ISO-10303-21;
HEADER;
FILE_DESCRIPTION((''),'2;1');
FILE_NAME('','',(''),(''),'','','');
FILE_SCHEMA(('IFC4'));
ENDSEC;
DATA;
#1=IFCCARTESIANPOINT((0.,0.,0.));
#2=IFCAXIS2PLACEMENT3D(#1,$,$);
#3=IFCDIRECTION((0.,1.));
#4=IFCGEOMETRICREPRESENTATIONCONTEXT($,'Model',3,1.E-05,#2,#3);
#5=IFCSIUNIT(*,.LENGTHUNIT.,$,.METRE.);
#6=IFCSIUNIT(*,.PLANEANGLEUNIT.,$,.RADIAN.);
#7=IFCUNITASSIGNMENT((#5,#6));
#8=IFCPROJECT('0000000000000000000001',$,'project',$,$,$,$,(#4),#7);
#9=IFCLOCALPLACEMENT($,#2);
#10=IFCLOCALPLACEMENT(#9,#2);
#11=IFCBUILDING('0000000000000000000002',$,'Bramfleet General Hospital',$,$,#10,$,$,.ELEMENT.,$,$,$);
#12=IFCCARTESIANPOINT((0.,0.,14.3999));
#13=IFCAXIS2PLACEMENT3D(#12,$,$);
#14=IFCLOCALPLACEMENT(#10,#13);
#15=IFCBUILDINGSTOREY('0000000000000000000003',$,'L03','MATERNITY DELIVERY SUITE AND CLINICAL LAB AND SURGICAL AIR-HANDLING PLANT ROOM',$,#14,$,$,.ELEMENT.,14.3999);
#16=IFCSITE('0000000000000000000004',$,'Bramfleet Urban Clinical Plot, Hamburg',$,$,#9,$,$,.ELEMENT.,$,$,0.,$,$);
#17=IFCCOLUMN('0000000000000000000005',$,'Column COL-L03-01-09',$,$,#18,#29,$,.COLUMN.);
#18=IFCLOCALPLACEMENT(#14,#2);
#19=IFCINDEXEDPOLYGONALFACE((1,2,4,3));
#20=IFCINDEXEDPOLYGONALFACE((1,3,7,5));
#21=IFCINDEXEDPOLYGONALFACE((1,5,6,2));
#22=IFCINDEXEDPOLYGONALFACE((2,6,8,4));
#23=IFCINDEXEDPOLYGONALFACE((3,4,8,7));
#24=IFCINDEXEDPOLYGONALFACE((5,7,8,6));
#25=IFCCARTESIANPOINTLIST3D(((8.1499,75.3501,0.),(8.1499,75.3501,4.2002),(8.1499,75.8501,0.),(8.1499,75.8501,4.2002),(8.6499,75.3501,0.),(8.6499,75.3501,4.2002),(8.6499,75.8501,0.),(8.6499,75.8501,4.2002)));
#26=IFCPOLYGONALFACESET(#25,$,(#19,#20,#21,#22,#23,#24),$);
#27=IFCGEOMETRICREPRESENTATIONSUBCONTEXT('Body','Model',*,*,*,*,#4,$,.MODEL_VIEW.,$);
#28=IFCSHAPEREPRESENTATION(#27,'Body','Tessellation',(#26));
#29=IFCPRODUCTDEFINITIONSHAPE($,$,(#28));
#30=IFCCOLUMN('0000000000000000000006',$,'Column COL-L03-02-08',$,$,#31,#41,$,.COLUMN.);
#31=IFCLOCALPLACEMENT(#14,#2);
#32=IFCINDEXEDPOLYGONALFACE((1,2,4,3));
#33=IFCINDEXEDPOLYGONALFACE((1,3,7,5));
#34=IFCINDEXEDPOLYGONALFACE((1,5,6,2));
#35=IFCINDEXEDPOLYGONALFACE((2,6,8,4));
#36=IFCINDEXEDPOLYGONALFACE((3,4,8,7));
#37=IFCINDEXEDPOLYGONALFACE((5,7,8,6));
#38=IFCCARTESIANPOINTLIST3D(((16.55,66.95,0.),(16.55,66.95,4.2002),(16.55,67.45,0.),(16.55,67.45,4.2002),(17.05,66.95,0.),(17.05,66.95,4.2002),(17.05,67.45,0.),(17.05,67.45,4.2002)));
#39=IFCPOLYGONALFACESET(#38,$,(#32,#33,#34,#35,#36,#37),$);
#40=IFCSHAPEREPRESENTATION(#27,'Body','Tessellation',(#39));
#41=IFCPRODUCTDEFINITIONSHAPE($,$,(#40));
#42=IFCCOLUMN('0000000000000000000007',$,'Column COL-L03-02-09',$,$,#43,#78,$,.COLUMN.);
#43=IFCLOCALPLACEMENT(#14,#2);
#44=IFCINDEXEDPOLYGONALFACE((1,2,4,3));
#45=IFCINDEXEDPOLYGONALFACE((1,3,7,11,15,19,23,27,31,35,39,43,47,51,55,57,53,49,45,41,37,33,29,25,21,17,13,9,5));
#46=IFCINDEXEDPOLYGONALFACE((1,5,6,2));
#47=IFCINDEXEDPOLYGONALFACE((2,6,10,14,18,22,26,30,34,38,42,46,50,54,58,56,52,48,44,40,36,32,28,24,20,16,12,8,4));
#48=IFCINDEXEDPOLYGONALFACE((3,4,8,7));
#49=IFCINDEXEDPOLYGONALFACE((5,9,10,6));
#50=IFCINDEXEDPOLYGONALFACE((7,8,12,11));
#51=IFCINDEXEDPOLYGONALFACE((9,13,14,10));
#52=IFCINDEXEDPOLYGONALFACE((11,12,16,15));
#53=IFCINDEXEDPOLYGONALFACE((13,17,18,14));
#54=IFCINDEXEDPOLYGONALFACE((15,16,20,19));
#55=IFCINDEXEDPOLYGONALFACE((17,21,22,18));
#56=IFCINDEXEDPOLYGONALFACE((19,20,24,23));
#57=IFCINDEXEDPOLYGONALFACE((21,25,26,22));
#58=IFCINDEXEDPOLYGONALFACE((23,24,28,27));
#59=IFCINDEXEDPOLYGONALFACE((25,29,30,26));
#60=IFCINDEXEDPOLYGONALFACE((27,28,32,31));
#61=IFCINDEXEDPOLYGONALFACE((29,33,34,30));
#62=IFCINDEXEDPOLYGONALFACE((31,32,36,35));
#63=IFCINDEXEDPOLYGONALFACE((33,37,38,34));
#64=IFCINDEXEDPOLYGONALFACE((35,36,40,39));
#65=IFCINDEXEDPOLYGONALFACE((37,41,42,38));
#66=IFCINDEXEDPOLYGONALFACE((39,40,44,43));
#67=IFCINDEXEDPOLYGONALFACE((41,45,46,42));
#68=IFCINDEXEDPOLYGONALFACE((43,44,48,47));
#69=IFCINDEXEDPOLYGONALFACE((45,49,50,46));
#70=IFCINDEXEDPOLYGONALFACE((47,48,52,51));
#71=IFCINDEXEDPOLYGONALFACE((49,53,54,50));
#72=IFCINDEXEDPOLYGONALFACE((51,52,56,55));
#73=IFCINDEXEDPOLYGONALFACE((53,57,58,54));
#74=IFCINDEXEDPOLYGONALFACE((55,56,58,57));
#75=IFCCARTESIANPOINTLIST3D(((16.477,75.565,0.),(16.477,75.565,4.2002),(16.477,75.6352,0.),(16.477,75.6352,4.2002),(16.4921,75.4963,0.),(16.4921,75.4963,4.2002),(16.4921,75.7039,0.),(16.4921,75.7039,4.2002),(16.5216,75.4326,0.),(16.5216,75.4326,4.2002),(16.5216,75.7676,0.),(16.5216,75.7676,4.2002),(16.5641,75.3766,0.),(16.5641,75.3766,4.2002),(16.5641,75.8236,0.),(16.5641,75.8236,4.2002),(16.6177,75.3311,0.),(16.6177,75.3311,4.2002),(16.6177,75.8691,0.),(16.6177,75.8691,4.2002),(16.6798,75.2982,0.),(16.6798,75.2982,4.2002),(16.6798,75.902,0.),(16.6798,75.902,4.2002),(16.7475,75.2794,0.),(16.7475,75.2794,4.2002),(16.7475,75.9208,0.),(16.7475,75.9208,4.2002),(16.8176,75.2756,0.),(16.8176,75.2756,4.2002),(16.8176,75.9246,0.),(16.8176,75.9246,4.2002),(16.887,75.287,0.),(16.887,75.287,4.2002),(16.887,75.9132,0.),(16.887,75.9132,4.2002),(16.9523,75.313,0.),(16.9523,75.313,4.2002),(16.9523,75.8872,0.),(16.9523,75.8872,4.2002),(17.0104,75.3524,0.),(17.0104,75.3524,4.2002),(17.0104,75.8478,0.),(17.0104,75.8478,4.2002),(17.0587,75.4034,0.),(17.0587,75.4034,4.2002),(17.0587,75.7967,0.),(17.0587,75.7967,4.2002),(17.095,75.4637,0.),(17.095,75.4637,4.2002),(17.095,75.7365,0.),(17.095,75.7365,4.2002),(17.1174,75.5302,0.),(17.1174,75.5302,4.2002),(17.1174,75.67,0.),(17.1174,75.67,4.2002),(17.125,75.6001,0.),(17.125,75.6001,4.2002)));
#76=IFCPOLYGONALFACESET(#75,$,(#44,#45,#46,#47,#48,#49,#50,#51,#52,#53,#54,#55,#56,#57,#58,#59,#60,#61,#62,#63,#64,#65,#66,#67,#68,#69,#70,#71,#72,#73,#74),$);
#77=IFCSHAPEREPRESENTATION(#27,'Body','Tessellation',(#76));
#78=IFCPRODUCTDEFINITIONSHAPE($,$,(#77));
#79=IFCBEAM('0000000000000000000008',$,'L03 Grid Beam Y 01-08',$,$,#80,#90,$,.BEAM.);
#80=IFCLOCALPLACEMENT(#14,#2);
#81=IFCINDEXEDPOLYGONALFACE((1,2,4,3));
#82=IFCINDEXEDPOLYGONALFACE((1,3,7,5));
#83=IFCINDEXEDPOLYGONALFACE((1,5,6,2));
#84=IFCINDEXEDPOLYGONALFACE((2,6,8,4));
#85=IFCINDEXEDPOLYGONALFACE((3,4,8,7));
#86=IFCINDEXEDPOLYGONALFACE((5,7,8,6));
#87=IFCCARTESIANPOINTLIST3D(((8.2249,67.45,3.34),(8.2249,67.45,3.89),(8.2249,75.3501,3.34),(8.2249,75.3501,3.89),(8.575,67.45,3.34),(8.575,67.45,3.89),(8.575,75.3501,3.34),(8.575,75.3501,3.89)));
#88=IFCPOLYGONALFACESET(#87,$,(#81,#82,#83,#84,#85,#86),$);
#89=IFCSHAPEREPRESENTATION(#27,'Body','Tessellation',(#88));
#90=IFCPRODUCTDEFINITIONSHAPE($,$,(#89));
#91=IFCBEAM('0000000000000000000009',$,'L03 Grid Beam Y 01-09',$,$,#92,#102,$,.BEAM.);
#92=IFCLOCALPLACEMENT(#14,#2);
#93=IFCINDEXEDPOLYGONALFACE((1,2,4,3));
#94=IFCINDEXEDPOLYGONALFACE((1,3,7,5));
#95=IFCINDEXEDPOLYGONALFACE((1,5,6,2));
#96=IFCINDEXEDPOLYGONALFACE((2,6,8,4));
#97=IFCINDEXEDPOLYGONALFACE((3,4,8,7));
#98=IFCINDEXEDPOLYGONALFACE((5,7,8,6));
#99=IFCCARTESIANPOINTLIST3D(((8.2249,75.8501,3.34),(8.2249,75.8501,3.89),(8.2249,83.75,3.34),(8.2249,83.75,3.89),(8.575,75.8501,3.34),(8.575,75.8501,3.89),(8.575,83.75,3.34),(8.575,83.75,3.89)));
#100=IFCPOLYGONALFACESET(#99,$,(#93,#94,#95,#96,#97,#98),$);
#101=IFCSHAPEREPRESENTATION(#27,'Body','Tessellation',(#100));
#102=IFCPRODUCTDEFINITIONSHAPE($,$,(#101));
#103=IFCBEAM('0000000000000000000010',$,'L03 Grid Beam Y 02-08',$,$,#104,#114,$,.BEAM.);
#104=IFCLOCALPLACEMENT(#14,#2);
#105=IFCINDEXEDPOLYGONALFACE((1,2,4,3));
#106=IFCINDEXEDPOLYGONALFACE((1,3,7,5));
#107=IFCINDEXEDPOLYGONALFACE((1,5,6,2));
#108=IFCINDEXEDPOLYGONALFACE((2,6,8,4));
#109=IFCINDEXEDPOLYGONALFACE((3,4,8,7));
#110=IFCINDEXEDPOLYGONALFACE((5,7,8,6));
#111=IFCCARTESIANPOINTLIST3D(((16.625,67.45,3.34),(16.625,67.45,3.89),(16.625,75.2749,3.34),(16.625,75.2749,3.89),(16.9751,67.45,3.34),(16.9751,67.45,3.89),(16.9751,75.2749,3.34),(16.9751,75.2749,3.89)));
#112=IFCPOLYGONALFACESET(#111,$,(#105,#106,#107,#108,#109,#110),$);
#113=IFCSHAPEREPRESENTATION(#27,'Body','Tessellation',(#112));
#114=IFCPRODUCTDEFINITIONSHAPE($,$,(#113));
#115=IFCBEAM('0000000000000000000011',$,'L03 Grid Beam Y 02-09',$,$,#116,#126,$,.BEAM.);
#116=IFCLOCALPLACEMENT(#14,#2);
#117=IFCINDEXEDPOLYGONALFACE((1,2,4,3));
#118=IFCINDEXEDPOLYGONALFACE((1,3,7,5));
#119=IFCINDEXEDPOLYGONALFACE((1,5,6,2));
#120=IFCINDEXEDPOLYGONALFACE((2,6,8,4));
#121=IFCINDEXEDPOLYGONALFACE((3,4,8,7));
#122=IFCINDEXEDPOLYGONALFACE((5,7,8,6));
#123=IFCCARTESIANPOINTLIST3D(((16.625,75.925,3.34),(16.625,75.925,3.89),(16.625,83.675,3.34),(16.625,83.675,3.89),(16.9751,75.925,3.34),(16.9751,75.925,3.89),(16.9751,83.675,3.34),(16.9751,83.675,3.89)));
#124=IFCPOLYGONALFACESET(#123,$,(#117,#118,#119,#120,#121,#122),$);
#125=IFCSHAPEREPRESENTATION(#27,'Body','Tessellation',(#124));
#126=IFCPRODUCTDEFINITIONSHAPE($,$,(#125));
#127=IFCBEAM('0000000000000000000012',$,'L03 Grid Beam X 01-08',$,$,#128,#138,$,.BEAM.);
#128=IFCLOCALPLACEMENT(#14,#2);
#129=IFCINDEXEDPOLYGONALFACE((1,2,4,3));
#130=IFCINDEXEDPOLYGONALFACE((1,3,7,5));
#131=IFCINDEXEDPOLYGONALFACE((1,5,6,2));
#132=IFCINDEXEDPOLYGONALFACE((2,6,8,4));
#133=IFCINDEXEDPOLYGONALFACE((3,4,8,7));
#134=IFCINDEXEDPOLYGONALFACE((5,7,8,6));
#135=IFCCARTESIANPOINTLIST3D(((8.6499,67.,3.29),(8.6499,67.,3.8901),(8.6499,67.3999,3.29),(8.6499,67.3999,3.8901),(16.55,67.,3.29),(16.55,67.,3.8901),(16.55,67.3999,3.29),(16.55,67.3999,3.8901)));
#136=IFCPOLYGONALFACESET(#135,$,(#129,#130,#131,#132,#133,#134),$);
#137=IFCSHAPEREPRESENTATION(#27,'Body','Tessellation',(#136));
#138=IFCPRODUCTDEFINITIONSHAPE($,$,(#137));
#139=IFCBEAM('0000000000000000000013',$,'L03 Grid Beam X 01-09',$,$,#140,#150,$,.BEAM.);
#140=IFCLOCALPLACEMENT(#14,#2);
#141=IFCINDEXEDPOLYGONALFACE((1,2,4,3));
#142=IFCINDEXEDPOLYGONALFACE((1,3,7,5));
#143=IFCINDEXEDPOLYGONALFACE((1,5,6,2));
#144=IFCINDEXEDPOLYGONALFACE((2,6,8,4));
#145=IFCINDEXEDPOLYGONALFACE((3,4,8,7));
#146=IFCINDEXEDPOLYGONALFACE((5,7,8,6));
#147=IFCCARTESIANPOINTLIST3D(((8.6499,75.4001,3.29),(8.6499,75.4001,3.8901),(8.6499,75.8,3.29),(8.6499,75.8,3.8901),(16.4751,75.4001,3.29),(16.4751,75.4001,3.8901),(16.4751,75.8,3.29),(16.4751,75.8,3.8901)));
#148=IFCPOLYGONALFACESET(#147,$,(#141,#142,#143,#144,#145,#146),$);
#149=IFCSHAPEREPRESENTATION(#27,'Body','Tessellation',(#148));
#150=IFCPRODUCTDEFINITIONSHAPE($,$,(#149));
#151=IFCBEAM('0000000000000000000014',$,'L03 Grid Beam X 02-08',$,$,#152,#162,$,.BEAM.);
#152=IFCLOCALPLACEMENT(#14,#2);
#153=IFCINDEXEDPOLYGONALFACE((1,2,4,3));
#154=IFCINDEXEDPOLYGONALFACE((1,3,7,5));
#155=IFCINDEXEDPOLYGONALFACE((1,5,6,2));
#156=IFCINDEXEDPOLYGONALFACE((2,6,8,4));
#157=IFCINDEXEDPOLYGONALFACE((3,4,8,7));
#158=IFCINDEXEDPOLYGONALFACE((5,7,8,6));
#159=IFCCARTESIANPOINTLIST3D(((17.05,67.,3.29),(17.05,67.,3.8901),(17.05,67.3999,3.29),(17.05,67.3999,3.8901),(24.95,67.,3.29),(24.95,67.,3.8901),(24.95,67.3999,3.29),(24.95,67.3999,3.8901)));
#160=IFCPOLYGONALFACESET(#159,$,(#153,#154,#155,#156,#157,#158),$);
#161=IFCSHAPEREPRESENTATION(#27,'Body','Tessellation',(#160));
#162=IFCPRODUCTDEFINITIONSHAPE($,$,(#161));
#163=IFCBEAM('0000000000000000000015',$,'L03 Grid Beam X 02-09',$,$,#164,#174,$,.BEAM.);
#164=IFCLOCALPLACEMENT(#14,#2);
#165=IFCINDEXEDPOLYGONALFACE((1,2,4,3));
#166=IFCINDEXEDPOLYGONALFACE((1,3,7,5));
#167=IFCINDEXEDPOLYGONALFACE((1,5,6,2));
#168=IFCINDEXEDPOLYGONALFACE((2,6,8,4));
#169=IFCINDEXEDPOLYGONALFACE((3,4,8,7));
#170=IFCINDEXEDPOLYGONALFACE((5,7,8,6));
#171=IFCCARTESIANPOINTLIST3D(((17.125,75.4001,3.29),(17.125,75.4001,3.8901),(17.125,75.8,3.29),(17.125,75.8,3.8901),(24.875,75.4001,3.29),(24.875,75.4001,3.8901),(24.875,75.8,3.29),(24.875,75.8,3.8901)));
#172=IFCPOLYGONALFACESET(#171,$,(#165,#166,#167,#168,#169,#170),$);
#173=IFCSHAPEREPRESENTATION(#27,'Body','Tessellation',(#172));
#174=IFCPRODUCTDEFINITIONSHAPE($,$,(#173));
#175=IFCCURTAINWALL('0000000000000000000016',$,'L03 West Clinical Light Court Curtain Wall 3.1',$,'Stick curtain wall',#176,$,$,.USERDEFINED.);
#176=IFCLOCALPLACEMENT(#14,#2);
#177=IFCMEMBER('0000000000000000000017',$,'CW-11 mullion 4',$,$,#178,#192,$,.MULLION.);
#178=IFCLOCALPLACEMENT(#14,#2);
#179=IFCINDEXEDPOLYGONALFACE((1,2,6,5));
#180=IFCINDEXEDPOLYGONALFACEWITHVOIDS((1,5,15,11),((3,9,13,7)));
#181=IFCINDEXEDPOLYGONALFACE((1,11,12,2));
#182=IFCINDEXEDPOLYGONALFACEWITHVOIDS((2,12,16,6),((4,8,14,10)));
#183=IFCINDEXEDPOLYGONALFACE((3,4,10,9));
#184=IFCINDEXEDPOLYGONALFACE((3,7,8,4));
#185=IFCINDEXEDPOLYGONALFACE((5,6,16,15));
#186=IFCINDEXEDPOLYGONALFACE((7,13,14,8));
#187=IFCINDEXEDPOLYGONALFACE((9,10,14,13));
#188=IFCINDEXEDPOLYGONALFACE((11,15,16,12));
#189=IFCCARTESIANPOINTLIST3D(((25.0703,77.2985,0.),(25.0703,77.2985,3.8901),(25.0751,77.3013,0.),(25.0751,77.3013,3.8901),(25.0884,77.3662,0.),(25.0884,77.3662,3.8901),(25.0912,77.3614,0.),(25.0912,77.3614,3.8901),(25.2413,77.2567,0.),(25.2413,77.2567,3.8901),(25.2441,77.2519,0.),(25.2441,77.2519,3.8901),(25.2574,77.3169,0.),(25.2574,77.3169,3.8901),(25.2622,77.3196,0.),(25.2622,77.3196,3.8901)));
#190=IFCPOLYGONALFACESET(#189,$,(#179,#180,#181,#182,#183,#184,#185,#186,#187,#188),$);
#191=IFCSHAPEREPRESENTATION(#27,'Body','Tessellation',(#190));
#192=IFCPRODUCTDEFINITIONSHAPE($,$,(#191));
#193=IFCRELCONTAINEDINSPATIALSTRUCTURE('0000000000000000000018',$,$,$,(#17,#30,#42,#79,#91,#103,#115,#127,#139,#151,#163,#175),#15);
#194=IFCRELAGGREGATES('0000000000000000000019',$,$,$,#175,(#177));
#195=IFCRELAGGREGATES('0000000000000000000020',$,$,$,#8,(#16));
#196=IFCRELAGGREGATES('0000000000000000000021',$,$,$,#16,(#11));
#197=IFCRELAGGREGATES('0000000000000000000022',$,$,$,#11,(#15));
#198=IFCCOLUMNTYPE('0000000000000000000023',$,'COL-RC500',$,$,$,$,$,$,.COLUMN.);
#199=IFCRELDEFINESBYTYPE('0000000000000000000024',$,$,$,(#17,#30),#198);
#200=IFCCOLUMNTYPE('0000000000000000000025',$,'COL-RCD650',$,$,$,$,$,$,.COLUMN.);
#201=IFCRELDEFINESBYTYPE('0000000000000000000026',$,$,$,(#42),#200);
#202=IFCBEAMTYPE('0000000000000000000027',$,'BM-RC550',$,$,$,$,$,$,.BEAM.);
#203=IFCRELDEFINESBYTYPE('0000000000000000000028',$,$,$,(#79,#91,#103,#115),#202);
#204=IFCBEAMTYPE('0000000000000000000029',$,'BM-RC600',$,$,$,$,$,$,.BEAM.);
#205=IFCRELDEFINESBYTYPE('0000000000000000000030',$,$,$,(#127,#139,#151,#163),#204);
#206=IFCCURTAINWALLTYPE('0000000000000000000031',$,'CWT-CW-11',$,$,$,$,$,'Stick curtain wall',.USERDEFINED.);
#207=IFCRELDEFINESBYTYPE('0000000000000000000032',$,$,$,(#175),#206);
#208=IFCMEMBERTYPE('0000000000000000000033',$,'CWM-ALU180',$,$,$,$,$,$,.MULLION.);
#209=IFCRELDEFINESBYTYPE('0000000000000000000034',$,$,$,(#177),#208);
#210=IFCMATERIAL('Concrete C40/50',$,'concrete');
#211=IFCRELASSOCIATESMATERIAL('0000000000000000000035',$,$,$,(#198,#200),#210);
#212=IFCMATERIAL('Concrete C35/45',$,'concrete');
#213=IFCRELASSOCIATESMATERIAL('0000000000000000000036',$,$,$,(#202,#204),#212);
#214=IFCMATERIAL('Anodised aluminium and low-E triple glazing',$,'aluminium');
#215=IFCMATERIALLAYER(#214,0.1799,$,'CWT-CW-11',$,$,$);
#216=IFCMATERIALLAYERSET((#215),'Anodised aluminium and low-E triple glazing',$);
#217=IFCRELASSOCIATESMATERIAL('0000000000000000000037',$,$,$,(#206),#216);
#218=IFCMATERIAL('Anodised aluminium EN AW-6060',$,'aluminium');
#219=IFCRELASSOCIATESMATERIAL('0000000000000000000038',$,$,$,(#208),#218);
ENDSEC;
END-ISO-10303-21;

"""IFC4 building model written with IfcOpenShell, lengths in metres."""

from ifc_helpers import new_model, si_unit, direction, frame, origin, origin_2d, place, context, subcontext, project, spatial, rectangle, hollow_rectangle, circle, extrude, material, layer, layer_set, material_profile, profile_set, type_object, element, aggregate, save


model = new_model("IFC4")

# Units and contexts
model_context = context("Model", 3, precision=1e-05, world=origin(), true_north=direction((0.0, 1.0)))
body_context = subcontext(model_context, "Body", "Model", "MODEL_VIEW")
ifc_project = project(units=[si_unit("LENGTHUNIT", "METRE"), si_unit("PLANEANGLEUNIT", "RADIAN")], contexts=[model_context])

# Site, building, storey
site_placement = place(None, origin())
site = spatial("IfcSite", under=ifc_project, at=site_placement, Name="Bramfleet Urban Clinical Plot, Hamburg", CompositionType="ELEMENT", RefElevation=0.0)
building_placement = place(site_placement, origin())
building = spatial("IfcBuilding", under=site, at=building_placement, Name="Bramfleet General Hospital", CompositionType="ELEMENT")
storey_placement = place(building_placement, frame((0.0, 0.0, 14.3999)))
storey = spatial("IfcBuildingStorey", under=building, at=storey_placement, Name="L03", Description="MATERNITY DELIVERY SUITE AND CLINICAL LAB AND SURGICAL AIR-HANDLING PLANT ROOM", CompositionType="ELEMENT", Elevation=14.3999)

# Columns
ifc_material_1 = material(Name="Concrete C40/50", Category="concrete")
ifc_material_profile_1 = material_profile(ifc_material_1, rectangle(XDim=0.5, YDim=0.5, at=origin_2d()), Name="RC COL 500x500")
ifc_profile_set_1 = profile_set([ifc_material_profile_1], Name="Concrete C40/50")
column_type_1 = type_object("IfcColumnType", Name="COL-RC500", PredefinedType="COLUMN", material=ifc_profile_set_1)
for number, where, z_axis, x_axis, name in (
    (1, (8.3999, 75.6001, 0.0), (0.0, 0.0, 1.0), (1.0, 0.0, 0.0), "Column COL-L03-01-09"),
    (2, (16.8, 67.2, 0.0), (0.0, 0.0, 1.0), (1.0, 0.0, 0.0), "Column COL-L03-02-08"),
):
    element("IfcColumn", number, at=place(storey_placement, frame(where, z_axis=z_axis, x_axis=x_axis)), inside=storey, type_object=column_type_1, Name=name, PredefinedType="COLUMN", context=body_context, shape_type="SweptSolid", body=[
        extrude(rectangle(XDim=0.5, YDim=0.5, at=origin_2d()), origin(), (0.0, 0.0, 1.0), 4.2002),
    ])
ifc_material_profile_2 = material_profile(ifc_material_1, circle(Radius=0.325, at=origin_2d()), Name="RC ROUND D650")
ifc_profile_set_2 = profile_set([ifc_material_profile_2], Name="Concrete C40/50")
column_type_2 = type_object("IfcColumnType", Name="COL-RCD650", PredefinedType="COLUMN", material=ifc_profile_set_2)
column_placement = place(storey_placement, frame((16.8, 75.6001, 0.0), z_axis=(0.0, 0.0, 1.0), x_axis=(1.0, 0.0, 0.0)))
element("IfcColumn", 3, at=column_placement, inside=storey, type_object=column_type_2, Name="Column COL-L03-02-09", PredefinedType="COLUMN", context=body_context, shape_type="SweptSolid", body=[
    extrude(circle(Radius=0.325, at=origin_2d()), origin(), (0.0, 0.0, 1.0), 4.2002),
])

# Beams
ifc_material_2 = material(Name="Concrete C35/45", Category="concrete")
ifc_material_profile_3 = material_profile(ifc_material_2, rectangle(XDim=0.3501, YDim=0.55, at=origin_2d()), Name="RC BM 550x350")
ifc_profile_set_3 = profile_set([ifc_material_profile_3], Name="Concrete C35/45")
beam_type_1 = type_object("IfcBeamType", Name="BM-RC550", PredefinedType="BEAM", material=ifc_profile_set_3)
beam_1_placement = place(storey_placement, frame((8.3999, 67.45, 3.615), z_axis=(0.0, 1.0, 0.0), x_axis=(-1.0, 0.0, 0.0)))
element("IfcBeam", 4, at=beam_1_placement, inside=storey, type_object=beam_type_1, Name="L03 Grid Beam Y 01-08", PredefinedType="BEAM", context=body_context, shape_type="SweptSolid", body=[
    extrude(rectangle(XDim=0.3501, YDim=0.55, at=origin_2d()), origin(), (0.0, 0.0, 1.0), 7.9001),
])
beam_2_placement = place(storey_placement, frame((8.3999, 75.8501, 3.615), z_axis=(0.0, 1.0, 0.0), x_axis=(-1.0, 0.0, 0.0)))
element("IfcBeam", 5, at=beam_2_placement, inside=storey, type_object=beam_type_1, Name="L03 Grid Beam Y 01-09", PredefinedType="BEAM", context=body_context, shape_type="SweptSolid", body=[
    extrude(rectangle(XDim=0.3501, YDim=0.55, at=origin_2d()), origin(), (0.0, 0.0, 1.0), 7.8999),
])
beam_3_placement = place(storey_placement, frame((16.8, 67.45, 3.615), z_axis=(0.0, 1.0, 0.0), x_axis=(-1.0, 0.0, 0.0)))
element("IfcBeam", 6, at=beam_3_placement, inside=storey, type_object=beam_type_1, Name="L03 Grid Beam Y 02-08", PredefinedType="BEAM", context=body_context, shape_type="SweptSolid", body=[
    extrude(rectangle(XDim=0.3501, YDim=0.55, at=origin_2d()), origin(), (0.0, 0.0, 1.0), 7.825),
])
beam_4_placement = place(storey_placement, frame((16.8, 75.925, 3.615), z_axis=(0.0, 1.0, 0.0), x_axis=(-1.0, 0.0, 0.0)))
element("IfcBeam", 7, at=beam_4_placement, inside=storey, type_object=beam_type_1, Name="L03 Grid Beam Y 02-09", PredefinedType="BEAM", context=body_context, shape_type="SweptSolid", body=[
    extrude(rectangle(XDim=0.3501, YDim=0.55, at=origin_2d()), origin(), (0.0, 0.0, 1.0), 7.75),
])
ifc_material_profile_4 = material_profile(ifc_material_2, rectangle(XDim=0.3999, YDim=0.6001, at=origin_2d()), Name="RC BM 600x400")
ifc_profile_set_4 = profile_set([ifc_material_profile_4], Name="Concrete C35/45")
beam_type_2 = type_object("IfcBeamType", Name="BM-RC600", PredefinedType="BEAM", material=ifc_profile_set_4)
beam_5_placement = place(storey_placement, frame((8.6499, 67.2, 3.5901), z_axis=(1.0, 0.0, 0.0), x_axis=(0.0, 1.0, 0.0)))
element("IfcBeam", 8, at=beam_5_placement, inside=storey, type_object=beam_type_2, Name="L03 Grid Beam X 01-08", PredefinedType="BEAM", context=body_context, shape_type="SweptSolid", body=[
    extrude(rectangle(XDim=0.3999, YDim=0.6001, at=origin_2d()), origin(), (0.0, 0.0, 1.0), 7.9001),
])
beam_6_placement = place(storey_placement, frame((8.6499, 75.6001, 3.5901), z_axis=(1.0, 0.0, 0.0), x_axis=(0.0, 1.0, 0.0)))
element("IfcBeam", 9, at=beam_6_placement, inside=storey, type_object=beam_type_2, Name="L03 Grid Beam X 01-09", PredefinedType="BEAM", context=body_context, shape_type="SweptSolid", body=[
    extrude(rectangle(XDim=0.3999, YDim=0.6001, at=origin_2d()), origin(), (0.0, 0.0, 1.0), 7.8252),
])
beam_7_placement = place(storey_placement, frame((17.05, 67.2, 3.5901), z_axis=(1.0, 0.0, 0.0), x_axis=(0.0, 1.0, 0.0)))
element("IfcBeam", 10, at=beam_7_placement, inside=storey, type_object=beam_type_2, Name="L03 Grid Beam X 02-08", PredefinedType="BEAM", context=body_context, shape_type="SweptSolid", body=[
    extrude(rectangle(XDim=0.3999, YDim=0.6001, at=origin_2d()), origin(), (0.0, 0.0, 1.0), 7.8999),
])
beam_8_placement = place(storey_placement, frame((17.125, 75.6001, 3.5901), z_axis=(1.0, 0.0, 0.0), x_axis=(0.0, 1.0, 0.0)))
element("IfcBeam", 11, at=beam_8_placement, inside=storey, type_object=beam_type_2, Name="L03 Grid Beam X 02-09", PredefinedType="BEAM", context=body_context, shape_type="SweptSolid", body=[
    extrude(rectangle(XDim=0.3999, YDim=0.6001, at=origin_2d()), origin(), (0.0, 0.0, 1.0), 7.75),
])

# Curtain wall, member
ifc_material_3 = material(Name="Anodised aluminium and low-E triple glazing", Category="aluminium")
ifc_layer_1 = layer(ifc_material_3, 0.1799, Name="CWT-CW-11")
ifc_layer_set_1 = layer_set([ifc_layer_1], Name="Anodised aluminium and low-E triple glazing")
curtain_wall_type = type_object("IfcCurtainWallType", Name="CWT-CW-11", ElementType="Stick curtain wall", PredefinedType="USERDEFINED", material=ifc_layer_set_1)
curtain_wall_placement = place(storey_placement, origin())
curtain_wall = element("IfcCurtainWall", 12, at=curtain_wall_placement, inside=storey, type_object=curtain_wall_type, Name="L03 West Clinical Light Court Curtain Wall 3.1", ObjectType="Stick curtain wall", PredefinedType="USERDEFINED")
ifc_material_4 = material(Name="Anodised aluminium EN AW-6060", Category="aluminium")
ifc_material_profile_5 = material_profile(ifc_material_4, hollow_rectangle(XDim=0.0701, YDim=0.1799, WallThickness=0.0039, at=origin_2d()), Name="ALU 180x70x4.0")
ifc_profile_set_5 = profile_set([ifc_material_profile_5], Name="Anodised aluminium EN AW-6060")
member_type = type_object("IfcMemberType", Name="CWM-ALU180", PredefinedType="MULLION", material=ifc_profile_set_5)
member_placement = place(storey_placement, frame((25.1663, 77.3091, 0.0), z_axis=(0.0, 0.0, 1.0), x_axis=(0.258919, 0.965899, 0.0)))
member = element("IfcMember", 13, at=member_placement, type_object=member_type, Name="CW-11 mullion 4", PredefinedType="MULLION", context=body_context, shape_type="SweptSolid", body=[
    extrude(hollow_rectangle(XDim=0.0701, YDim=0.1799, WallThickness=0.0039, at=origin_2d()), origin(), (0.0, 0.0, 1.0), 3.8901),
])
aggregate(curtain_wall, [member])

save(model, "model.ifc")
